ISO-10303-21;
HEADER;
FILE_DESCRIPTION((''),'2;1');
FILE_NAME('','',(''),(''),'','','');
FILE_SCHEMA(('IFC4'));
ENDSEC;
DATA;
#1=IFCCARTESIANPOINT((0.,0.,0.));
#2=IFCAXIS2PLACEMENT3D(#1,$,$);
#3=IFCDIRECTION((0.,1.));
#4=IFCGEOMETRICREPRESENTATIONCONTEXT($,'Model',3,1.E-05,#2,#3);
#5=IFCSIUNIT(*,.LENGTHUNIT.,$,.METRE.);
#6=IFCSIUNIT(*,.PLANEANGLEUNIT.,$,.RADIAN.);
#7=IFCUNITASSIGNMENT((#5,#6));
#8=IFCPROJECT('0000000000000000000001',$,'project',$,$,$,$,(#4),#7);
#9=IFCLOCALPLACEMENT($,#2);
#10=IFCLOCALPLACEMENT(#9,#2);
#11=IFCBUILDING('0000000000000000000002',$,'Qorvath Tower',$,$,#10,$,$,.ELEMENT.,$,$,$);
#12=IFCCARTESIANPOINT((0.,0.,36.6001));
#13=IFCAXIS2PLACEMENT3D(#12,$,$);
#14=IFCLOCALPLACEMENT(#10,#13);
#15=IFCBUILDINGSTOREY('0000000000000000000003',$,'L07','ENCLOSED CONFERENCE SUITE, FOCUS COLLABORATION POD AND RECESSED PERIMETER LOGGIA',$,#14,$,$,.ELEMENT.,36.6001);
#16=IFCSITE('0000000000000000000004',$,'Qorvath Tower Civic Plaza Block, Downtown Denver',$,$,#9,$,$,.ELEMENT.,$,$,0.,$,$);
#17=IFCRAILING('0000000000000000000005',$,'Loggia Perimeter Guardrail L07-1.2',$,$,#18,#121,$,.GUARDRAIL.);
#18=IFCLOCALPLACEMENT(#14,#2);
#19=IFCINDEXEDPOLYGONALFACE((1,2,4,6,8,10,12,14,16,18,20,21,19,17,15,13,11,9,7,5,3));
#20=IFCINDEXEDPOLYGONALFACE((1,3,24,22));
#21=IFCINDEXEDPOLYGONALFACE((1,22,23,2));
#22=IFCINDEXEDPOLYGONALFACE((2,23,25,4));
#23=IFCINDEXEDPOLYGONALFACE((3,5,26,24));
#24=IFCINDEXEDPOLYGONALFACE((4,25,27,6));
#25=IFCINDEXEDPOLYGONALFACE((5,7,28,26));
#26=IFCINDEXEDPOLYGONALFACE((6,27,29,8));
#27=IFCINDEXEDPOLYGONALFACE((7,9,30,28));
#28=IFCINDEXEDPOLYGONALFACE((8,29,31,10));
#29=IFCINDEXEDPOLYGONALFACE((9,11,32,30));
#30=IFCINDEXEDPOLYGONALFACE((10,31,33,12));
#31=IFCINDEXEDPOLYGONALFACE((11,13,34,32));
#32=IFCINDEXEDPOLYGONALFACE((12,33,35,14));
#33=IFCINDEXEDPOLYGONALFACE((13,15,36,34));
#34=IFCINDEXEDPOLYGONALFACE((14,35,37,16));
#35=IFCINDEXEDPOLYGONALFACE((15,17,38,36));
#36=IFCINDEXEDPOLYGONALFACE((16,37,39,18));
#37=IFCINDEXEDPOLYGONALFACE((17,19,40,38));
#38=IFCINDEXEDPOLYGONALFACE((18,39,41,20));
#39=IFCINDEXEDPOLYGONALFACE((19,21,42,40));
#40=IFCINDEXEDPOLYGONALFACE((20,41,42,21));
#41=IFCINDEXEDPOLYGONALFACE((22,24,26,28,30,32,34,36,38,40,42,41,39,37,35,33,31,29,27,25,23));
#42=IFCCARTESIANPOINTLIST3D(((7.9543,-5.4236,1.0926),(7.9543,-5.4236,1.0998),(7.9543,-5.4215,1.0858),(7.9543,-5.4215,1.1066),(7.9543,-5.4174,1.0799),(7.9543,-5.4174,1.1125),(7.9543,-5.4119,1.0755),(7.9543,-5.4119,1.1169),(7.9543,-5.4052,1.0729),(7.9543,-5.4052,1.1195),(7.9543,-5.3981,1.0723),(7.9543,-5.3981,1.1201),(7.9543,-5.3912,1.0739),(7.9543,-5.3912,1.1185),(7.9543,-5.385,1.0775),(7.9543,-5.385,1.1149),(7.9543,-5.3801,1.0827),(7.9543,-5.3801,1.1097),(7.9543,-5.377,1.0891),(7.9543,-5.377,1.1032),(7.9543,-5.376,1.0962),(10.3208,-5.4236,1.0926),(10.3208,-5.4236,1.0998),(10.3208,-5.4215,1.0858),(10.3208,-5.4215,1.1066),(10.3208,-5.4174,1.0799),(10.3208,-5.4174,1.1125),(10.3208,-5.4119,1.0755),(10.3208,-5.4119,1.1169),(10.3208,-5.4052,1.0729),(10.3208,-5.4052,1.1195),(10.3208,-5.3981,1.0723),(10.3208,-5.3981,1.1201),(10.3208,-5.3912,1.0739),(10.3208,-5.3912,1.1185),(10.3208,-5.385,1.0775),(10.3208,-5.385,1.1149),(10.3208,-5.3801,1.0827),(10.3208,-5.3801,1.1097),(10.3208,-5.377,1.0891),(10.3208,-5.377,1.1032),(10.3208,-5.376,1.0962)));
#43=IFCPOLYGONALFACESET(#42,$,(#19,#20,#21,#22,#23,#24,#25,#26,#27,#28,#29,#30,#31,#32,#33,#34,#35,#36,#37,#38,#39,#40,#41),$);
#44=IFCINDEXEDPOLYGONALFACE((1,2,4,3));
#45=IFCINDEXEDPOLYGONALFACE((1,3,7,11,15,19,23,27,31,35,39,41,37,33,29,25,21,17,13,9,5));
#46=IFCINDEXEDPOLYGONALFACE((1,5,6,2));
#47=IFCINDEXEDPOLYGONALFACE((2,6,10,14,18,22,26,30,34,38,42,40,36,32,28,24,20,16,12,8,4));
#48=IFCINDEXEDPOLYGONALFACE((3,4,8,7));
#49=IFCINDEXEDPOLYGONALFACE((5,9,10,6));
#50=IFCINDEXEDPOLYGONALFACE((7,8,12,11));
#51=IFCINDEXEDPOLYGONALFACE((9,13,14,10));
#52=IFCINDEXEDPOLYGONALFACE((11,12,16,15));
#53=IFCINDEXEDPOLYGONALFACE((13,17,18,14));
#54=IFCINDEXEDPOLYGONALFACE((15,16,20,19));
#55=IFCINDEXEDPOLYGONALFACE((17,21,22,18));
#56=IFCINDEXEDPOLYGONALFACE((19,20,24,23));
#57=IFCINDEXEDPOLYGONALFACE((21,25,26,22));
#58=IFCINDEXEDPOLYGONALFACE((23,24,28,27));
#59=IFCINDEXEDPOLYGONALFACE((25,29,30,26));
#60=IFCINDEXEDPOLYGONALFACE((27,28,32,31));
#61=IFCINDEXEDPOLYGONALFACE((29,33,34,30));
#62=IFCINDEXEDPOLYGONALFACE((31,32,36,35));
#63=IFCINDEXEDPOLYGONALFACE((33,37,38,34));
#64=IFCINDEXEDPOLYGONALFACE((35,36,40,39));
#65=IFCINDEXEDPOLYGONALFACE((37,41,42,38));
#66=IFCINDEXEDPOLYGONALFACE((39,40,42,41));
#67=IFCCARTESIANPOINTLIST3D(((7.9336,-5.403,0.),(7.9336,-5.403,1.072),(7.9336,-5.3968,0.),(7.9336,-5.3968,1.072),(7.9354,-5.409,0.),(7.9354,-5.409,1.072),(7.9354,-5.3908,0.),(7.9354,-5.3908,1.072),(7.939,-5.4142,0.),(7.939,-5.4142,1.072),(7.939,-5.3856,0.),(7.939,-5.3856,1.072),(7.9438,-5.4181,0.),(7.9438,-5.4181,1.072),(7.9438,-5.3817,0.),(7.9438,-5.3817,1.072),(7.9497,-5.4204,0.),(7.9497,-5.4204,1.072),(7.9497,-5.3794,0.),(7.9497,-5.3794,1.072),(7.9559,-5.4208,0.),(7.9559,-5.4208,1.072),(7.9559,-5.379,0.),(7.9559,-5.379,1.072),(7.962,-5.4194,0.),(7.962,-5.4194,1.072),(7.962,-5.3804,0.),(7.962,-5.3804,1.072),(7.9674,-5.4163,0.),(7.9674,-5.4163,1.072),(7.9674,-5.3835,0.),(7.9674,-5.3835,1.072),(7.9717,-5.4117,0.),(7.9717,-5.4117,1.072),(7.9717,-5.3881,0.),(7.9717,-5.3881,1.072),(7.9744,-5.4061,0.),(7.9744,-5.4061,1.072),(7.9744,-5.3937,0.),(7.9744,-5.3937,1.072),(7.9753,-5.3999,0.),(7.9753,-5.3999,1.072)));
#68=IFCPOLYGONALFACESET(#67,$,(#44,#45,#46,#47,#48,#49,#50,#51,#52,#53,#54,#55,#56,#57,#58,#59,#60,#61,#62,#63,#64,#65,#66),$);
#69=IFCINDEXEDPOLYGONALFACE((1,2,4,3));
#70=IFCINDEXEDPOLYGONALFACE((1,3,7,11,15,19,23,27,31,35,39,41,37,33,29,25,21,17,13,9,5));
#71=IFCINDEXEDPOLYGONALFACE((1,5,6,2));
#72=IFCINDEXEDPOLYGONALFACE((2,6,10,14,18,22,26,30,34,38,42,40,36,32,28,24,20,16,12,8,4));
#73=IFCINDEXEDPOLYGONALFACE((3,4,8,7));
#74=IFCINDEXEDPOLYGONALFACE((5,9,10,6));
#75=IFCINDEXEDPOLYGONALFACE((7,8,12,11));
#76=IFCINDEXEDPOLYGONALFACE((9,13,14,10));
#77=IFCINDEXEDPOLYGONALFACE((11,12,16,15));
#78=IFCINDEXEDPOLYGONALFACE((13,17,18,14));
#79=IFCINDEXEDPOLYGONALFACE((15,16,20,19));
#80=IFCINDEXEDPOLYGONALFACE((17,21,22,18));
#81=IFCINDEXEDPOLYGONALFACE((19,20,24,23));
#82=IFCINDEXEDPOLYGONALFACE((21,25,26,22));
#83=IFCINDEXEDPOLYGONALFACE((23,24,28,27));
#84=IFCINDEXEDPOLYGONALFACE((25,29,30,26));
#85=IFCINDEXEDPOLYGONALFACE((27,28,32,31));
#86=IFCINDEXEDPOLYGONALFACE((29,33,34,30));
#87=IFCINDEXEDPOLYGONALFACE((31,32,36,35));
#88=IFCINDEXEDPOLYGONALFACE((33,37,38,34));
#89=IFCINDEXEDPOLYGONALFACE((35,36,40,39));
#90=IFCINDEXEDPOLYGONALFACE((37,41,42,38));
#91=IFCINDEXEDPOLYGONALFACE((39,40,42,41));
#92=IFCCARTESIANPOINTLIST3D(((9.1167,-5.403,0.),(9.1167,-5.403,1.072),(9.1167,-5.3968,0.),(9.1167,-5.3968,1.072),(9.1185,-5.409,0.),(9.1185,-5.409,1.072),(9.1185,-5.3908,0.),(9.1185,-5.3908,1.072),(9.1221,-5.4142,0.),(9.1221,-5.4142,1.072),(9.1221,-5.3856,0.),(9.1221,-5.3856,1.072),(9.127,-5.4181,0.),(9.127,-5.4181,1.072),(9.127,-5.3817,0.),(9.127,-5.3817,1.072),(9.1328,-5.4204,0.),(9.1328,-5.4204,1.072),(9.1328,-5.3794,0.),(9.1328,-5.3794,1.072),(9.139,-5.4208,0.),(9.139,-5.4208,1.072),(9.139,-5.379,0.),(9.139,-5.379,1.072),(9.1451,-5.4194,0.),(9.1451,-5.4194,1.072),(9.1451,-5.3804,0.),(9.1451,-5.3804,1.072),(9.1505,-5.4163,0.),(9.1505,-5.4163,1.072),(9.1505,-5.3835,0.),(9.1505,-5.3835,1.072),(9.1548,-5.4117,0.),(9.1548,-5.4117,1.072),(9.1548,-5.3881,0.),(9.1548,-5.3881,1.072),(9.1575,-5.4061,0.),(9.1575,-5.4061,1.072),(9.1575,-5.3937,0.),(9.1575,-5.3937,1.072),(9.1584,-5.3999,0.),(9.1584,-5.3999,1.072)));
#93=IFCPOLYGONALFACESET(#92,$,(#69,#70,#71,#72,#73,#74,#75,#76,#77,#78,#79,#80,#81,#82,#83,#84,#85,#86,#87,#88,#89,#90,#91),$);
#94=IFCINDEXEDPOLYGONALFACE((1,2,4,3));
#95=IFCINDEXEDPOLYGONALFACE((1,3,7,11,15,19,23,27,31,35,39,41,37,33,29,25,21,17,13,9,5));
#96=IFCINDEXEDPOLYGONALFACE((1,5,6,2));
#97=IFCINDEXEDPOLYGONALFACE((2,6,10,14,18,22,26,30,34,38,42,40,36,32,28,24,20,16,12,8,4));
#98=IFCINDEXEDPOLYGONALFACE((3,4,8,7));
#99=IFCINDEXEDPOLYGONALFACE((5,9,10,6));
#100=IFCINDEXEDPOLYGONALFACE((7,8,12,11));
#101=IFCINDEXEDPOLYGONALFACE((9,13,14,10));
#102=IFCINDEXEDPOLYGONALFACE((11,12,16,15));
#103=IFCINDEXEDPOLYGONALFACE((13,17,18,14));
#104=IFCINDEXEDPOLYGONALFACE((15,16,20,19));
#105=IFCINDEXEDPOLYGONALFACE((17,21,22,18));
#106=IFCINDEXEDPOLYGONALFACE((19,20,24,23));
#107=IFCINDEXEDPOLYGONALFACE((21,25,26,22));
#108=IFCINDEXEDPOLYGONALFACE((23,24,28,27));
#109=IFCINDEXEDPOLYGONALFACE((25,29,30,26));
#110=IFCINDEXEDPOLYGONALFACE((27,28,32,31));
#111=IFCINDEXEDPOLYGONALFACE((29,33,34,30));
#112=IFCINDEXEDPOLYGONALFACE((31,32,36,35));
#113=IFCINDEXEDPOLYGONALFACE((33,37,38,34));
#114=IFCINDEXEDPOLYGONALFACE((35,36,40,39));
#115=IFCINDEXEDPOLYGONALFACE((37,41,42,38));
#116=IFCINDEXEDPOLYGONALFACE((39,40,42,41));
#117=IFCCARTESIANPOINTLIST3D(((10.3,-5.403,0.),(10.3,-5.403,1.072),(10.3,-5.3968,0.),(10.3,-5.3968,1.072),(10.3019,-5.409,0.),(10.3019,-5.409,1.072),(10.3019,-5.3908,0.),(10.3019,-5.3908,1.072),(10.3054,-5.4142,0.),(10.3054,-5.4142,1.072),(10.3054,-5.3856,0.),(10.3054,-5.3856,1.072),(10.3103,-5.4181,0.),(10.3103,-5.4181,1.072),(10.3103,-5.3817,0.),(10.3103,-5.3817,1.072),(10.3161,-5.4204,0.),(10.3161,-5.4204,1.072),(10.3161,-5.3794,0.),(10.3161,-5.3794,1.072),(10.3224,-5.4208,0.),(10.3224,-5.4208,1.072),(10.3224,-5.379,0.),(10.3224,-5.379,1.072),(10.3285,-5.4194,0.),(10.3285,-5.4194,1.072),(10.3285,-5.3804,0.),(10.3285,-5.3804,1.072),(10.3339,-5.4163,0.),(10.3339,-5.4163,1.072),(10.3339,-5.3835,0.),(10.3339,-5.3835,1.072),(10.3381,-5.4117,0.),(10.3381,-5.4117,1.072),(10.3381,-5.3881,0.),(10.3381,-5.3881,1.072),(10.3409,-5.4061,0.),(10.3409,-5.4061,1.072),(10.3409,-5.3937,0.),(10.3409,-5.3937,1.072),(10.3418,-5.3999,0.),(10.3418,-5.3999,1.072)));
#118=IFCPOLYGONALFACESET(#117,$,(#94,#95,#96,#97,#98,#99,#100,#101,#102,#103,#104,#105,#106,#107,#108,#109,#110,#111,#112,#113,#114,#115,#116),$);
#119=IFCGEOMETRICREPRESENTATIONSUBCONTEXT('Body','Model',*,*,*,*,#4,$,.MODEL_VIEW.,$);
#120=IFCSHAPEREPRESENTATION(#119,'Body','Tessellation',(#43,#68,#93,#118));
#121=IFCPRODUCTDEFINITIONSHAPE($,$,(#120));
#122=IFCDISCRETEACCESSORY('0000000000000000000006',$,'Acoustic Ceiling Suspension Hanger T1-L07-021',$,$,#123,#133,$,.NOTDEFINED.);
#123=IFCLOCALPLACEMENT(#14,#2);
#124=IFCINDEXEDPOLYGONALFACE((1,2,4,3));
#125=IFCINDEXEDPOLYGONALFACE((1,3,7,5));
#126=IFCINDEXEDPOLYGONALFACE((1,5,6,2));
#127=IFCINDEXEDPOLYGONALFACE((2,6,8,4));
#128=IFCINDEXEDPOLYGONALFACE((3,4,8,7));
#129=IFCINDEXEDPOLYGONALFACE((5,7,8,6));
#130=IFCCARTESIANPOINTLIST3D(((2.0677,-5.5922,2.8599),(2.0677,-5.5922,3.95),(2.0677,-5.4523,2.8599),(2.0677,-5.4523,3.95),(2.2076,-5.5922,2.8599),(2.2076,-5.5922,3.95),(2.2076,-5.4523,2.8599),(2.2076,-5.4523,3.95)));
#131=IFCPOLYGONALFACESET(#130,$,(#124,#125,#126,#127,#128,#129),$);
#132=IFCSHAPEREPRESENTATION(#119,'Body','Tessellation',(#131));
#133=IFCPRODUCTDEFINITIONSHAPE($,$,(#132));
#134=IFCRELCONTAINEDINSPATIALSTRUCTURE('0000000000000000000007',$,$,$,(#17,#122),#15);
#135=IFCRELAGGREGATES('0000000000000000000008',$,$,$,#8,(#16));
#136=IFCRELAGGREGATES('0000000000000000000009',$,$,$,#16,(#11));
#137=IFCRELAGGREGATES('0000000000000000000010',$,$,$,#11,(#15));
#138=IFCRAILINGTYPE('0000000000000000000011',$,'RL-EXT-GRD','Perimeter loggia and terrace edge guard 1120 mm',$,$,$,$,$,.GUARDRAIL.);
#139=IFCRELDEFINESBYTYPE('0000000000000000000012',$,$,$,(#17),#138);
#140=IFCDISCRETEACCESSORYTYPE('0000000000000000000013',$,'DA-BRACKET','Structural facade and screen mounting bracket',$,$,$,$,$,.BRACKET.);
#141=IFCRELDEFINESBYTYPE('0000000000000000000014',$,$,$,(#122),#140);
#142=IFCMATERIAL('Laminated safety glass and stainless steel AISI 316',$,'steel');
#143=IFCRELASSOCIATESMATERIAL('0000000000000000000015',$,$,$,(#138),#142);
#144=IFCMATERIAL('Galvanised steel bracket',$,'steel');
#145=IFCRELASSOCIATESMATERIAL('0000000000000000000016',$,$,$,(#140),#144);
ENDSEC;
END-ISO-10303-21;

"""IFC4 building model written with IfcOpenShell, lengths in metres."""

from ifc_helpers import new_model, si_unit, direction, frame, origin, origin_2d, place, context, subcontext, project, spatial, rectangle, circle, extrude, material, type_object, element, save


model = new_model("IFC4")

# Units and contexts
model_context = context("Model", 3, precision=1e-05, world=origin(), true_north=direction((0.0, 1.0)))
body_context = subcontext(model_context, "Body", "Model", "MODEL_VIEW")
ifc_project = project(units=[si_unit("LENGTHUNIT", "METRE"), si_unit("PLANEANGLEUNIT", "RADIAN")], contexts=[model_context])

# Site, building, storey
site_placement = place(None, origin())
site = spatial("IfcSite", under=ifc_project, at=site_placement, Name="Qorvath Tower Civic Plaza Block, Downtown Denver", CompositionType="ELEMENT", RefElevation=0.0)
building_placement = place(site_placement, origin())
building = spatial("IfcBuilding", under=site, at=building_placement, Name="Qorvath Tower", CompositionType="ELEMENT")
storey_placement = place(building_placement, frame((0.0, 0.0, 36.6001)))
storey = spatial("IfcBuildingStorey", under=building, at=storey_placement, Name="L07", Description="ENCLOSED CONFERENCE SUITE, FOCUS COLLABORATION POD AND RECESSED PERIMETER LOGGIA", CompositionType="ELEMENT", Elevation=36.6001)

# Railing
ifc_material_1 = material(Name="Laminated safety glass and stainless steel AISI 316", Category="steel")
railing_type = type_object("IfcRailingType", Name="RL-EXT-GRD", Description="Perimeter loggia and terrace edge guard 1120 mm", PredefinedType="GUARDRAIL", material=ifc_material_1)
railing_1_placement = place(storey_placement, frame((7.9543, -5.3999, 0.0)))
element("IfcRailing", 1, at=railing_1_placement, inside=storey, type_object=railing_type, Name="Loggia Perimeter Guardrail L07-1.2", PredefinedType="GUARDRAIL", context=body_context, shape_type="SweptSolid", body=[
    extrude(circle(Radius=0.0239, at=origin_2d()), frame((0.0, 0.0, 1.0962), z_axis=(1.0, 0.0, 0.0), x_axis=(0.0, 1.0, 0.0)), (0.0, 0.0, 1.0), 2.3665),
    extrude(circle(Radius=0.021, at=origin_2d()), origin(), (0.0, 0.0, 1.0), 1.072),
    extrude(circle(Radius=0.021, at=origin_2d()), frame((1.1831, 0.0, 0.0)), (0.0, 0.0, 1.0), 1.072),
    extrude(circle(Radius=0.021, at=origin_2d()), frame((2.3665, 0.0, 0.0)), (0.0, 0.0, 1.0), 1.072),
])

# Discrete accessory
ifc_material_2 = material(Name="Galvanised steel bracket", Category="steel")
discrete_accessory_type = type_object("IfcDiscreteAccessoryType", Name="DA-BRACKET", Description="Structural facade and screen mounting bracket", PredefinedType="BRACKET", material=ifc_material_2)
discrete_accessory_placement = place(storey_placement, frame((2.1377, -5.5222, 2.8599), z_axis=(0.0, 0.0, 1.0), x_axis=(1.0, 0.0, 0.0)))
element("IfcDiscreteAccessory", 2, at=discrete_accessory_placement, inside=storey, type_object=discrete_accessory_type, Name="Acoustic Ceiling Suspension Hanger T1-L07-021", PredefinedType="NOTDEFINED", context=body_context, shape_type="SweptSolid", body=[
    extrude(rectangle(XDim=0.1399, YDim=0.1399, at=origin_2d()), origin(), (0.0, 0.0, 1.0), 1.0901),
])

save(model, "model.ifc")
